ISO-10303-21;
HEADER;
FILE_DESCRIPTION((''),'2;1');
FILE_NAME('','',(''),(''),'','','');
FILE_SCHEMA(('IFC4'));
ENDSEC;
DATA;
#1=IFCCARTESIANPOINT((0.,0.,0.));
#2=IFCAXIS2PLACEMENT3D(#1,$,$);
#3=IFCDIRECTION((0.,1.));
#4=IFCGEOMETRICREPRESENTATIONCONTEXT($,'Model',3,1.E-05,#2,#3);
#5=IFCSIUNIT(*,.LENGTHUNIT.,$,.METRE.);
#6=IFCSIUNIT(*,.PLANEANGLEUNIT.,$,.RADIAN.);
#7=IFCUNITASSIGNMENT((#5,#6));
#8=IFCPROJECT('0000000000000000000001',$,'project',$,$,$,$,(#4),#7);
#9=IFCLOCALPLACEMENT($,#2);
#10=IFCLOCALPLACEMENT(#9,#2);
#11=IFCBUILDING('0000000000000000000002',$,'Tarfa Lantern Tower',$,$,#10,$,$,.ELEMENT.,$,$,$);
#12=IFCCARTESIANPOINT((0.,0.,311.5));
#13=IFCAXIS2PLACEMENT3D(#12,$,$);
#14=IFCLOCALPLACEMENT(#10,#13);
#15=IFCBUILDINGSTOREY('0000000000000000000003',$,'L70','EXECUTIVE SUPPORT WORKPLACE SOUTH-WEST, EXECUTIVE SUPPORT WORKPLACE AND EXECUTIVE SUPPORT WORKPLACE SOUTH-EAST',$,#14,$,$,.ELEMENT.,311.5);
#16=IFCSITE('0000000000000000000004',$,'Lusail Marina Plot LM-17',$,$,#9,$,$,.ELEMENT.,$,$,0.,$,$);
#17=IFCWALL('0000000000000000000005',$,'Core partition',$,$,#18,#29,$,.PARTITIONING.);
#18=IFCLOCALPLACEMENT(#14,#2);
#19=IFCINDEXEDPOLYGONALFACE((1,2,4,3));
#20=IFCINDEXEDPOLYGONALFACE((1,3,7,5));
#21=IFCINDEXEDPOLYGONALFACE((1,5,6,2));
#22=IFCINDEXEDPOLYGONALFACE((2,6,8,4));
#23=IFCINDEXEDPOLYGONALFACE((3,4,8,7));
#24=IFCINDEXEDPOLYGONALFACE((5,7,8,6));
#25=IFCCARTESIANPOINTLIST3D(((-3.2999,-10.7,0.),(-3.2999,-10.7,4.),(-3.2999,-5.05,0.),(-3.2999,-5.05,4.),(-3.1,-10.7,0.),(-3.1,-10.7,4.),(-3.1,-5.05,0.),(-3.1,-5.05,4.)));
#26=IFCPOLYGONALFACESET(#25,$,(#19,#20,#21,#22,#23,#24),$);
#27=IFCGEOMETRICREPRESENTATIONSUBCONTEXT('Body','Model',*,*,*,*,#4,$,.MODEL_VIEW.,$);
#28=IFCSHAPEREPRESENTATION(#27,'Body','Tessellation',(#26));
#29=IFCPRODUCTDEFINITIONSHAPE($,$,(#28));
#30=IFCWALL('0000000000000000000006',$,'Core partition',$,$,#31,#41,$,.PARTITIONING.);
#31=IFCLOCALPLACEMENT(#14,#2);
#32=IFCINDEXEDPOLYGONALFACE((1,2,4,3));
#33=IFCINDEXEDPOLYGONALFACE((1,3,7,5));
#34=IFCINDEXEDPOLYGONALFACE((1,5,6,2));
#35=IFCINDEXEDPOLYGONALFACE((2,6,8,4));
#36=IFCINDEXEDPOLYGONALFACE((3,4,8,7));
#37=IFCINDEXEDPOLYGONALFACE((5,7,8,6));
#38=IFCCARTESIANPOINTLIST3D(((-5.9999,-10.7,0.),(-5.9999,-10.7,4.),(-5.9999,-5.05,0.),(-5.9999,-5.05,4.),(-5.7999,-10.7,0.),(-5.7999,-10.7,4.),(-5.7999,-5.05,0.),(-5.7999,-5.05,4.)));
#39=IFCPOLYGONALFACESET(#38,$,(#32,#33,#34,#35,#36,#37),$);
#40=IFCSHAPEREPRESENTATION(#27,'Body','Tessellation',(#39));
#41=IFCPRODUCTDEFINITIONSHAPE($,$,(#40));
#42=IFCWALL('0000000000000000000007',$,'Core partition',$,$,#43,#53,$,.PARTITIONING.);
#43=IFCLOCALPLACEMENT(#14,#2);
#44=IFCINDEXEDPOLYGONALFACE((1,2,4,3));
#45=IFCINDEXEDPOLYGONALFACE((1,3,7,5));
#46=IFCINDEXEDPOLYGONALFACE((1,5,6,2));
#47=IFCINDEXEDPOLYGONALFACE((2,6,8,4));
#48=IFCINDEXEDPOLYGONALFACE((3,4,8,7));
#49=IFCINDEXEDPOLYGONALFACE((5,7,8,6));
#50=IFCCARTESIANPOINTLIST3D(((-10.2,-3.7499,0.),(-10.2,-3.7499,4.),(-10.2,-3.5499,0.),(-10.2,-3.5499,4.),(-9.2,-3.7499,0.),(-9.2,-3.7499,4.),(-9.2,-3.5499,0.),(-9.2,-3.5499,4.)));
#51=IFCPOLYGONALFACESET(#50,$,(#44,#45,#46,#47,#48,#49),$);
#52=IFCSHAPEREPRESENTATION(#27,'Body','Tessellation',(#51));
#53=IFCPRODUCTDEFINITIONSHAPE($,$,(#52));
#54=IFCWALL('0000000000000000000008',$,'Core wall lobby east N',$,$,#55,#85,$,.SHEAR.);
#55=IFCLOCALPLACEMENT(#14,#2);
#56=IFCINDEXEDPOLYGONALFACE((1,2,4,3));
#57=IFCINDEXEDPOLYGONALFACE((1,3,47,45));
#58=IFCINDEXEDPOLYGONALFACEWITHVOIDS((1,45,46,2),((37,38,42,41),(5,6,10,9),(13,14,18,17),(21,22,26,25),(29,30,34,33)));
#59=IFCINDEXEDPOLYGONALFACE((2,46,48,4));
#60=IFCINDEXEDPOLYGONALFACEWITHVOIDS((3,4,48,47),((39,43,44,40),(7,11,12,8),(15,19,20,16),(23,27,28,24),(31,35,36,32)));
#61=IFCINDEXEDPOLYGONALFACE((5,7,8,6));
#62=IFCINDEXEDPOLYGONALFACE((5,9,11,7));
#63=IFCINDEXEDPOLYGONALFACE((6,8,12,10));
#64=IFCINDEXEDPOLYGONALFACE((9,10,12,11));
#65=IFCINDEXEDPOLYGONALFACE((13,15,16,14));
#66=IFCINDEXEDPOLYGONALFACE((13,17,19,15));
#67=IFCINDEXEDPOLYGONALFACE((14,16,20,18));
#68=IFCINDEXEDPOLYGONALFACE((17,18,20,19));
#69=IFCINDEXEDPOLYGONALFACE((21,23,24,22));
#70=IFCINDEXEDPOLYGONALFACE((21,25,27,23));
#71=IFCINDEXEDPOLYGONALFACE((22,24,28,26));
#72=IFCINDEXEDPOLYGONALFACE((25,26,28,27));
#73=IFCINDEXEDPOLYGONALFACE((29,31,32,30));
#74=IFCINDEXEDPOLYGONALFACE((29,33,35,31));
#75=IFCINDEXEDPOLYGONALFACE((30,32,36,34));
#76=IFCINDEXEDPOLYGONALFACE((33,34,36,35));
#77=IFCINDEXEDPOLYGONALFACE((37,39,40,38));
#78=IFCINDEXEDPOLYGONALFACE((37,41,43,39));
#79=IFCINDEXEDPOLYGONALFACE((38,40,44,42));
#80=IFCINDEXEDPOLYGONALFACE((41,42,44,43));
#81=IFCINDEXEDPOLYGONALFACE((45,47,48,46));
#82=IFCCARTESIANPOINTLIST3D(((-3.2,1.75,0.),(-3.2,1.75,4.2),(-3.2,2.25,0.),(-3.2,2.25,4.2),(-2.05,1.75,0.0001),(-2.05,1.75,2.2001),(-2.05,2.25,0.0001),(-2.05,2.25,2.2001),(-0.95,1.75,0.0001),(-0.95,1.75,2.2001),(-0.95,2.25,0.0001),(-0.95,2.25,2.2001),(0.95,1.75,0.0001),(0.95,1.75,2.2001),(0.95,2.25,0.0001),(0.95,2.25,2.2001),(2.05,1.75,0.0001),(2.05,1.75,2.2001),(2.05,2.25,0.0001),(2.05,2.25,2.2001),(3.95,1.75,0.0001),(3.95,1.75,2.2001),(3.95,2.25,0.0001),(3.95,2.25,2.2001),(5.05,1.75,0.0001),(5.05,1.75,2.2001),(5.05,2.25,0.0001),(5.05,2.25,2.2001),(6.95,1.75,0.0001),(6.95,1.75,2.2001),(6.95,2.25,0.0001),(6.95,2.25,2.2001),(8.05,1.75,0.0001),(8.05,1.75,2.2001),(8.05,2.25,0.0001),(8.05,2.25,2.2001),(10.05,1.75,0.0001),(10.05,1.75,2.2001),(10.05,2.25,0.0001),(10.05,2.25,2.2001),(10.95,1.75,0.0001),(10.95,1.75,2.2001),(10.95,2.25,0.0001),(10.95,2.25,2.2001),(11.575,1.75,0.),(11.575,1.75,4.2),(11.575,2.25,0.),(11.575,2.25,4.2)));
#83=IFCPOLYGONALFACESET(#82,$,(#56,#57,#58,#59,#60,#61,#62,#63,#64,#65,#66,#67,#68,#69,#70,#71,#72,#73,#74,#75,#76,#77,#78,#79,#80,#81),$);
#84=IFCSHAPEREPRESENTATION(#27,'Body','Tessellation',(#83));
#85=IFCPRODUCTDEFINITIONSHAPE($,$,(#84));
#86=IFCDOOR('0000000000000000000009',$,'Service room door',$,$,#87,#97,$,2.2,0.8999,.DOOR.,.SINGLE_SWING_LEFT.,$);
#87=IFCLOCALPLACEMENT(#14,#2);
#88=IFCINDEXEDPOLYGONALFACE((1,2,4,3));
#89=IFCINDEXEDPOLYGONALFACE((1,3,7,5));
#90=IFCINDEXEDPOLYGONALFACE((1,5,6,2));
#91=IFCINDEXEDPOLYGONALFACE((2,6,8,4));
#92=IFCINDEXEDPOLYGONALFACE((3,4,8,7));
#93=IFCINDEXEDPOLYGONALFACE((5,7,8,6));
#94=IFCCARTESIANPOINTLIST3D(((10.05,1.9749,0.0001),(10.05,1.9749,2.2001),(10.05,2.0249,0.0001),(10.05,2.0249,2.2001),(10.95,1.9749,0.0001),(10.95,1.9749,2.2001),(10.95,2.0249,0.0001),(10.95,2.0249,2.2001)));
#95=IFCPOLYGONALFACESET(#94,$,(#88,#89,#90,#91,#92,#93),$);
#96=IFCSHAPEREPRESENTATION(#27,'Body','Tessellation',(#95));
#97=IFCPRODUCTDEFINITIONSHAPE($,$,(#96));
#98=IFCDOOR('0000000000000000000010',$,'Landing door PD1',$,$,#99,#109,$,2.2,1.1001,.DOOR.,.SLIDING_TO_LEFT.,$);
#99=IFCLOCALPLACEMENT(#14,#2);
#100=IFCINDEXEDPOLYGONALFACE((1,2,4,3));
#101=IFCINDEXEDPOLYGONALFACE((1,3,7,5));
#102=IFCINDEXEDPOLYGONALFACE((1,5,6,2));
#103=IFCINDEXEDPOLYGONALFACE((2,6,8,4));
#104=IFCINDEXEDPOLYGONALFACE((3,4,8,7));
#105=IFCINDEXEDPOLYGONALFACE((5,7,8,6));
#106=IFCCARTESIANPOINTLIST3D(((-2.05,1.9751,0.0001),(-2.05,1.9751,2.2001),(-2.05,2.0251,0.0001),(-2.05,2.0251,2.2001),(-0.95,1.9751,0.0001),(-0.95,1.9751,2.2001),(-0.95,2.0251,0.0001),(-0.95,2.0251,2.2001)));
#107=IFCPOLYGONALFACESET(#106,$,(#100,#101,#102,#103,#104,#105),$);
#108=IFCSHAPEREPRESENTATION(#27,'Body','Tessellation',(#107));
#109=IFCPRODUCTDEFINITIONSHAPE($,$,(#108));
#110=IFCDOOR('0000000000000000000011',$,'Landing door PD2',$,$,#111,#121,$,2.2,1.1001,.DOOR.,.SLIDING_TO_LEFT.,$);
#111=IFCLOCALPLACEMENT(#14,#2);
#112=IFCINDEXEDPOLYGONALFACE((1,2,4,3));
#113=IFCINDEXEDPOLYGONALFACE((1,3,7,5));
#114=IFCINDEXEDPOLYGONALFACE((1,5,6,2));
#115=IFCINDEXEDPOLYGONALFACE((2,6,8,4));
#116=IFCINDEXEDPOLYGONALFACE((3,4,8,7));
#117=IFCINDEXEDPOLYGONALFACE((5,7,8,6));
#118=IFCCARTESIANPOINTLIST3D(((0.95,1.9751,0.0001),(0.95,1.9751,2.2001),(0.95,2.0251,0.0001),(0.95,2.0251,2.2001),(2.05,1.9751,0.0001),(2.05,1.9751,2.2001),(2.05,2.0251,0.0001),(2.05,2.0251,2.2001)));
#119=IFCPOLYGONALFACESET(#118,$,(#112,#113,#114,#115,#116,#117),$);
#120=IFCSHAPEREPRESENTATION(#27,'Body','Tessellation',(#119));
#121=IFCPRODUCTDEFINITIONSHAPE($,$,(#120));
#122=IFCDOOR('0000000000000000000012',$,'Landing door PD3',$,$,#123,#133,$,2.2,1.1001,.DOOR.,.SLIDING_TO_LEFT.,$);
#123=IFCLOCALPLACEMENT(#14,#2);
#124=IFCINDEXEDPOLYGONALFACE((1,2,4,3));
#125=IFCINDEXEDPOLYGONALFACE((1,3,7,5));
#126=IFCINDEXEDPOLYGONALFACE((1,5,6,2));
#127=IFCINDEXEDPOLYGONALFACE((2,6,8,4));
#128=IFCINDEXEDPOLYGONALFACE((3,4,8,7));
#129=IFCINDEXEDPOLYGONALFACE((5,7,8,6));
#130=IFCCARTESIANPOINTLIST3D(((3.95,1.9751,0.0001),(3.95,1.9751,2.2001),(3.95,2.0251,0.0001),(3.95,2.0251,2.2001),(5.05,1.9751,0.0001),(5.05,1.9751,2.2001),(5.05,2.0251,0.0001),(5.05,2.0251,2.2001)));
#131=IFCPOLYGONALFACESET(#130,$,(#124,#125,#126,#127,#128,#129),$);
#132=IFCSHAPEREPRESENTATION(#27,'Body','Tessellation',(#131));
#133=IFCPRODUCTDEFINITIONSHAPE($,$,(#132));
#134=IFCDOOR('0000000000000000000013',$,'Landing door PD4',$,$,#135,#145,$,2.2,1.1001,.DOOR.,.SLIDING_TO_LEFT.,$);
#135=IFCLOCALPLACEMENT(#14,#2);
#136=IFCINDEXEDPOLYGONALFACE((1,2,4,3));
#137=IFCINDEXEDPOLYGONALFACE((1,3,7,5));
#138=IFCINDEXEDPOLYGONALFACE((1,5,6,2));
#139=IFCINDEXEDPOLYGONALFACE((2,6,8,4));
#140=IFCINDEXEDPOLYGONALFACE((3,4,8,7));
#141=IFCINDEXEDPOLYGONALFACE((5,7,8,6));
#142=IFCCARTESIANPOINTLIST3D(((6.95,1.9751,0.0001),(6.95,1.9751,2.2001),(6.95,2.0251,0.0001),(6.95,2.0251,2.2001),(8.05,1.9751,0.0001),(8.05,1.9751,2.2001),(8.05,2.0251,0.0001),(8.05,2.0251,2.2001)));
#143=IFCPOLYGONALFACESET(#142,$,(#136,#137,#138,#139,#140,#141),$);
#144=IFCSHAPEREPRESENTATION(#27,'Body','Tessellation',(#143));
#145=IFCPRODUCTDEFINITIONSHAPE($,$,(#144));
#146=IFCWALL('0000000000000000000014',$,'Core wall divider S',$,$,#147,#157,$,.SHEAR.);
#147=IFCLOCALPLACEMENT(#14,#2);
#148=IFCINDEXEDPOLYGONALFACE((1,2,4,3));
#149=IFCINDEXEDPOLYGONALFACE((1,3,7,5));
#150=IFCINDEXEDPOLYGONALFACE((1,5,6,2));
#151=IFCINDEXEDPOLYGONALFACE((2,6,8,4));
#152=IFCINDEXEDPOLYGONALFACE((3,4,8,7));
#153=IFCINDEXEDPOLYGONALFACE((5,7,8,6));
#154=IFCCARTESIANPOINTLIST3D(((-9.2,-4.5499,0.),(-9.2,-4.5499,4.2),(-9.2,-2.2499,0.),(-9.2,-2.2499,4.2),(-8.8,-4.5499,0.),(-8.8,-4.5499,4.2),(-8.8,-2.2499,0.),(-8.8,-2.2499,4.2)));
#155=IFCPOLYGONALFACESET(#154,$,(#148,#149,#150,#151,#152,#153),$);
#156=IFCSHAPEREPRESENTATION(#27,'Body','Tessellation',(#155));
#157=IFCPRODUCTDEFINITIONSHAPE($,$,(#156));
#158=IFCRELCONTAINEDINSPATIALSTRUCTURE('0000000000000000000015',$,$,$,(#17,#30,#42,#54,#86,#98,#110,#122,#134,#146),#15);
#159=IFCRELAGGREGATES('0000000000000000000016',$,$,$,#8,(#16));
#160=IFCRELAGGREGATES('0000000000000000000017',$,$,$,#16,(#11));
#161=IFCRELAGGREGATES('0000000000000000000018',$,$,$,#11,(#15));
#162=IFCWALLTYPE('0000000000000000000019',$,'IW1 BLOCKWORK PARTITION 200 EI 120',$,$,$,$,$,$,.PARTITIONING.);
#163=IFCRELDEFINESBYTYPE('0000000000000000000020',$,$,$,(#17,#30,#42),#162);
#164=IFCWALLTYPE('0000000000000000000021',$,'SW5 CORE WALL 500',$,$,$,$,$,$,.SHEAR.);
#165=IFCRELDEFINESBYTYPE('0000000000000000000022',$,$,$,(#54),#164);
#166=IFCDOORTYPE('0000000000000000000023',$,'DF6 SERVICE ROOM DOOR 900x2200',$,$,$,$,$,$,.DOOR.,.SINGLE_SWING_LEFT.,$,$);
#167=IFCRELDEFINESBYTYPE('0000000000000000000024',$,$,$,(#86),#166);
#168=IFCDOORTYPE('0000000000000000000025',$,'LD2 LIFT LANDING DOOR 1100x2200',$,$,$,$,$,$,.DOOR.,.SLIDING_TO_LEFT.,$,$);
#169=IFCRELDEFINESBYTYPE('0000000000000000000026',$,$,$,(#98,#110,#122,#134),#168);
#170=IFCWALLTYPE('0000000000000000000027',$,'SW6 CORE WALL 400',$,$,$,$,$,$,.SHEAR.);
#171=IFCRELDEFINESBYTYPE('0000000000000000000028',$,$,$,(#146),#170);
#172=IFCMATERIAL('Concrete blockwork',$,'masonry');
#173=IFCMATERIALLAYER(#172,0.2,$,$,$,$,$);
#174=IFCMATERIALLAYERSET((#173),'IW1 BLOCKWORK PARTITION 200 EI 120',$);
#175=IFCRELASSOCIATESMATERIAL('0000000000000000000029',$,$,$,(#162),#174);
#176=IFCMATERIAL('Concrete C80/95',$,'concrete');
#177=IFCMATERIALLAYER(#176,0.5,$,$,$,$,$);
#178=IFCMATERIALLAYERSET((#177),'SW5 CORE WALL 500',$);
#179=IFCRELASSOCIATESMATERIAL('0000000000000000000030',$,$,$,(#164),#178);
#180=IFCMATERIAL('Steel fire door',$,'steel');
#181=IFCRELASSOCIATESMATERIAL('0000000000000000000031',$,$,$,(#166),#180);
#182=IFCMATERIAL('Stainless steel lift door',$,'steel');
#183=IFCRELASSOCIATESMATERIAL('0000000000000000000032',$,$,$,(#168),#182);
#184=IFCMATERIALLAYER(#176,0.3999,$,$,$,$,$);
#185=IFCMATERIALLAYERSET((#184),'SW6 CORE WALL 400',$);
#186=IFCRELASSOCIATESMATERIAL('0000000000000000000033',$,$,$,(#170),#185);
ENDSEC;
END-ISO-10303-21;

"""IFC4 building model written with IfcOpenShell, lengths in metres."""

from ifc_helpers import new_model, si_unit, direction, frame, frame_2d, origin, place, context, subcontext, project, spatial, rectangle, extrude, material, layer, layer_set, type_object, element, fill, save


model = new_model("IFC4")

# Units and contexts
model_context = context("Model", 3, precision=1e-05, world=origin(), true_north=direction((0.0, 1.0)))
body_context = subcontext(model_context, "Body", "Model", "MODEL_VIEW")
ifc_project = project(units=[si_unit("LENGTHUNIT", "METRE"), si_unit("PLANEANGLEUNIT", "RADIAN")], contexts=[model_context])

# Site, building, storey
site_placement = place(None, origin())
site = spatial("IfcSite", under=ifc_project, at=site_placement, Name="Lusail Marina Plot LM-17", CompositionType="ELEMENT", RefElevation=0.0)
building_placement = place(site_placement, origin())
building = spatial("IfcBuilding", under=site, at=building_placement, Name="Tarfa Lantern Tower", CompositionType="ELEMENT")
storey_placement = place(building_placement, frame((0.0, 0.0, 311.5)))
storey = spatial("IfcBuildingStorey", under=building, at=storey_placement, Name="L70", Description="EXECUTIVE SUPPORT WORKPLACE SOUTH-WEST, EXECUTIVE SUPPORT WORKPLACE AND EXECUTIVE SUPPORT WORKPLACE SOUTH-EAST", CompositionType="ELEMENT", Elevation=311.5)

# Walls
ifc_material_1 = material(Name="Concrete blockwork", Category="masonry")
ifc_layer_1 = layer(ifc_material_1, 0.2)
ifc_layer_set_1 = layer_set([ifc_layer_1], Name="IW1 BLOCKWORK PARTITION 200 EI 120")
wall_type_1 = type_object("IfcWallType", Name="IW1 BLOCKWORK PARTITION 200 EI 120", PredefinedType="PARTITIONING", material=ifc_layer_set_1)
for number, where, z_axis, x_axis, name in (
    (1, (-3.2, -5.05, 0.0), (0.0, 0.0, 1.0), (0.0, -1.0, 0.0), "Core partition"),
    (2, (-5.8999, -5.05, 0.0), (0.0, 0.0, 1.0), (0.0, -1.0, 0.0), "Core partition"),
):
    element("IfcWall", number, at=place(storey_placement, frame(where, z_axis=z_axis, x_axis=x_axis)), inside=storey, type_object=wall_type_1, Name=name, PredefinedType="PARTITIONING", context=body_context, shape_type="SweptSolid", body=[
        extrude(rectangle(XDim=5.6499, YDim=0.2, at=frame_2d((2.825, 0.0))), origin(), (0.0, 0.0, 1.0), 4.0),
    ])
wall_1_placement = place(storey_placement, frame((-9.2, -3.6499, 0.0), z_axis=(0.0, 0.0, 1.0), x_axis=(-1.0, 0.0, 0.0)))
element("IfcWall", 3, at=wall_1_placement, inside=storey, type_object=wall_type_1, Name="Core partition", PredefinedType="PARTITIONING", context=body_context, shape_type="SweptSolid", body=[
    extrude(rectangle(XDim=1.0, YDim=0.2, at=frame_2d((0.5, 0.0))), origin(), (0.0, 0.0, 1.0), 4.0),
])

# Wall, openings, doors
ifc_material_2 = material(Name="Concrete C80/95", Category="concrete")
ifc_layer_2 = layer(ifc_material_2, 0.5)
ifc_layer_set_2 = layer_set([ifc_layer_2], Name="SW5 CORE WALL 500")
wall_type_2 = type_object("IfcWallType", Name="SW5 CORE WALL 500", PredefinedType="SHEAR", material=ifc_layer_set_2)
wall_2_placement = place(storey_placement, frame((-3.2, 2.0, 0.0), z_axis=(0.0, 0.0, 1.0), x_axis=(1.0, 0.0, 0.0)))
wall_2 = element("IfcWall", 4, at=wall_2_placement, inside=storey, type_object=wall_type_2, Name="Core wall lobby east N", PredefinedType="SHEAR", context=body_context, shape_type="SweptSolid", body=[
    extrude(rectangle(XDim=14.7749, YDim=0.5, at=frame_2d((7.3875, 0.0))), origin(), (0.0, 0.0, 1.0), 4.2),
])
opening_1_placement = place(wall_2_placement, frame((13.25, 0.0, 0.0)))
opening_1 = element("IfcOpeningElement", 5, at=opening_1_placement, cuts=wall_2, PredefinedType="OPENING", context=body_context, shape_type="SweptSolid", body=[
    extrude(rectangle(XDim=0.8999, YDim=2.2, at=frame_2d((0.45, 1.1001))), frame((0.0, 0.26, 0.0), z_axis=(0.0, -1.0, 0.0), x_axis=(1.0, 0.0, 0.0)), (0.0, 0.0, 1.0), 0.52),
])
opening_2_placement = place(wall_2_placement, frame((1.1499, 0.0, 0.0)))
opening_2 = element("IfcOpeningElement", 6, at=opening_2_placement, cuts=wall_2, PredefinedType="OPENING", context=body_context, shape_type="SweptSolid", body=[
    extrude(rectangle(XDim=1.1001, YDim=2.2, at=frame_2d((0.55, 1.1001))), frame((0.0, 0.26, 0.0), z_axis=(0.0, -1.0, 0.0), x_axis=(1.0, 0.0, 0.0)), (0.0, 0.0, 1.0), 0.52),
])
opening_3_placement = place(wall_2_placement, frame((4.1499, 0.0, 0.0)))
opening_3 = element("IfcOpeningElement", 7, at=opening_3_placement, cuts=wall_2, PredefinedType="OPENING", context=body_context, shape_type="SweptSolid", body=[
    extrude(rectangle(XDim=1.1001, YDim=2.2, at=frame_2d((0.55, 1.1001))), frame((0.0, 0.26, 0.0), z_axis=(0.0, -1.0, 0.0), x_axis=(1.0, 0.0, 0.0)), (0.0, 0.0, 1.0), 0.52),
])
opening_4_placement = place(wall_2_placement, frame((7.1499, 0.0, 0.0)))
opening_4 = element("IfcOpeningElement", 8, at=opening_4_placement, cuts=wall_2, PredefinedType="OPENING", context=body_context, shape_type="SweptSolid", body=[
    extrude(rectangle(XDim=1.1001, YDim=2.2, at=frame_2d((0.55, 1.1001))), frame((0.0, 0.26, 0.0), z_axis=(0.0, -1.0, 0.0), x_axis=(1.0, 0.0, 0.0)), (0.0, 0.0, 1.0), 0.52),
])
opening_5_placement = place(wall_2_placement, frame((10.1499, 0.0, 0.0)))
opening_5 = element("IfcOpeningElement", 9, at=opening_5_placement, cuts=wall_2, PredefinedType="OPENING", context=body_context, shape_type="SweptSolid", body=[
    extrude(rectangle(XDim=1.1001, YDim=2.2, at=frame_2d((0.55, 1.1001))), frame((0.0, 0.26, 0.0), z_axis=(0.0, -1.0, 0.0), x_axis=(1.0, 0.0, 0.0)), (0.0, 0.0, 1.0), 0.52),
])
ifc_material_3 = material(Name="Steel fire door", Category="steel")
door_type_1 = type_object("IfcDoorType", Name="DF6 SERVICE ROOM DOOR 900x2200", OperationType="SINGLE_SWING_LEFT", PredefinedType="DOOR", material=ifc_material_3)
door_1_placement = place(opening_1_placement, origin())
door_1 = element("IfcDoor", 10, at=door_1_placement, inside=storey, type_object=door_type_1, Name="Service room door", OperationType="SINGLE_SWING_LEFT", OverallHeight=2.2, OverallWidth=0.8999, PredefinedType="DOOR", context=body_context, shape_type="SweptSolid", body=[
    extrude(rectangle(XDim=0.8999, YDim=2.2, at=frame_2d((0.45, 1.1001))), frame((0.0, 0.0249, 0.0), z_axis=(0.0, -1.0, 0.0), x_axis=(1.0, 0.0, 0.0)), (0.0, 0.0, 1.0), 0.05),
])
fill(opening_1, door_1)
ifc_material_4 = material(Name="Stainless steel lift door", Category="steel")
door_type_2 = type_object("IfcDoorType", Name="LD2 LIFT LANDING DOOR 1100x2200", OperationType="SLIDING_TO_LEFT", PredefinedType="DOOR", material=ifc_material_4)
door_2_placement = place(opening_2_placement, frame((1.1001, 0.0, 0.0), z_axis=(0.0, 0.0, 1.0), x_axis=(-1.0, 0.0, 0.0)))
door_2 = element("IfcDoor", 11, at=door_2_placement, inside=storey, type_object=door_type_2, Name="Landing door PD1", OperationType="SLIDING_TO_LEFT", OverallHeight=2.2, OverallWidth=1.1001, PredefinedType="DOOR", context=body_context, shape_type="SweptSolid", body=[
    extrude(rectangle(XDim=1.1001, YDim=2.2, at=frame_2d((0.55, 1.1001))), frame((0.0, 0.0249, 0.0), z_axis=(0.0, -1.0, 0.0), x_axis=(1.0, 0.0, 0.0)), (0.0, 0.0, 1.0), 0.05),
])
fill(opening_2, door_2)
door_3_placement = place(opening_3_placement, frame((1.1001, 0.0, 0.0), z_axis=(0.0, 0.0, 1.0), x_axis=(-1.0, 0.0, 0.0)))
door_3 = element("IfcDoor", 12, at=door_3_placement, inside=storey, type_object=door_type_2, Name="Landing door PD2", OperationType="SLIDING_TO_LEFT", OverallHeight=2.2, OverallWidth=1.1001, PredefinedType="DOOR", context=body_context, shape_type="SweptSolid", body=[
    extrude(rectangle(XDim=1.1001, YDim=2.2, at=frame_2d((0.55, 1.1001))), frame((0.0, 0.0249, 0.0), z_axis=(0.0, -1.0, 0.0), x_axis=(1.0, 0.0, 0.0)), (0.0, 0.0, 1.0), 0.05),
])
fill(opening_3, door_3)
door_4_placement = place(opening_4_placement, frame((1.1001, 0.0, 0.0), z_axis=(0.0, 0.0, 1.0), x_axis=(-1.0, 0.0, 0.0)))
door_4 = element("IfcDoor", 13, at=door_4_placement, inside=storey, type_object=door_type_2, Name="Landing door PD3", OperationType="SLIDING_TO_LEFT", OverallHeight=2.2, OverallWidth=1.1001, PredefinedType="DOOR", context=body_context, shape_type="SweptSolid", body=[
    extrude(rectangle(XDim=1.1001, YDim=2.2, at=frame_2d((0.55, 1.1001))), frame((0.0, 0.0249, 0.0), z_axis=(0.0, -1.0, 0.0), x_axis=(1.0, 0.0, 0.0)), (0.0, 0.0, 1.0), 0.05),
])
fill(opening_4, door_4)
door_5_placement = place(opening_5_placement, frame((1.1001, 0.0, 0.0), z_axis=(0.0, 0.0, 1.0), x_axis=(-1.0, 0.0, 0.0)))
door_5 = element("IfcDoor", 14, at=door_5_placement, inside=storey, type_object=door_type_2, Name="Landing door PD4", OperationType="SLIDING_TO_LEFT", OverallHeight=2.2, OverallWidth=1.1001, PredefinedType="DOOR", context=body_context, shape_type="SweptSolid", body=[
    extrude(rectangle(XDim=1.1001, YDim=2.2, at=frame_2d((0.55, 1.1001))), frame((0.0, 0.0249, 0.0), z_axis=(0.0, -1.0, 0.0), x_axis=(1.0, 0.0, 0.0)), (0.0, 0.0, 1.0), 0.05),
])
fill(opening_5, door_5)

# Wall
ifc_layer_3 = layer(ifc_material_2, 0.3999)
ifc_layer_set_3 = layer_set([ifc_layer_3], Name="SW6 CORE WALL 400")
wall_type_3 = type_object("IfcWallType", Name="SW6 CORE WALL 400", PredefinedType="SHEAR", material=ifc_layer_set_3)
wall_3_placement = place(storey_placement, frame((-9.0, -2.25, 0.0), z_axis=(0.0, 0.0, 1.0), x_axis=(0.0, -1.0, 0.0)))
element("IfcWall", 15, at=wall_3_placement, inside=storey, type_object=wall_type_3, Name="Core wall divider S", PredefinedType="SHEAR", context=body_context, shape_type="SweptSolid", body=[
    extrude(rectangle(XDim=2.3, YDim=0.3999, at=frame_2d((1.1499, 0.0))), origin(), (0.0, 0.0, 1.0), 4.2),
])

save(model, "model.ifc")
